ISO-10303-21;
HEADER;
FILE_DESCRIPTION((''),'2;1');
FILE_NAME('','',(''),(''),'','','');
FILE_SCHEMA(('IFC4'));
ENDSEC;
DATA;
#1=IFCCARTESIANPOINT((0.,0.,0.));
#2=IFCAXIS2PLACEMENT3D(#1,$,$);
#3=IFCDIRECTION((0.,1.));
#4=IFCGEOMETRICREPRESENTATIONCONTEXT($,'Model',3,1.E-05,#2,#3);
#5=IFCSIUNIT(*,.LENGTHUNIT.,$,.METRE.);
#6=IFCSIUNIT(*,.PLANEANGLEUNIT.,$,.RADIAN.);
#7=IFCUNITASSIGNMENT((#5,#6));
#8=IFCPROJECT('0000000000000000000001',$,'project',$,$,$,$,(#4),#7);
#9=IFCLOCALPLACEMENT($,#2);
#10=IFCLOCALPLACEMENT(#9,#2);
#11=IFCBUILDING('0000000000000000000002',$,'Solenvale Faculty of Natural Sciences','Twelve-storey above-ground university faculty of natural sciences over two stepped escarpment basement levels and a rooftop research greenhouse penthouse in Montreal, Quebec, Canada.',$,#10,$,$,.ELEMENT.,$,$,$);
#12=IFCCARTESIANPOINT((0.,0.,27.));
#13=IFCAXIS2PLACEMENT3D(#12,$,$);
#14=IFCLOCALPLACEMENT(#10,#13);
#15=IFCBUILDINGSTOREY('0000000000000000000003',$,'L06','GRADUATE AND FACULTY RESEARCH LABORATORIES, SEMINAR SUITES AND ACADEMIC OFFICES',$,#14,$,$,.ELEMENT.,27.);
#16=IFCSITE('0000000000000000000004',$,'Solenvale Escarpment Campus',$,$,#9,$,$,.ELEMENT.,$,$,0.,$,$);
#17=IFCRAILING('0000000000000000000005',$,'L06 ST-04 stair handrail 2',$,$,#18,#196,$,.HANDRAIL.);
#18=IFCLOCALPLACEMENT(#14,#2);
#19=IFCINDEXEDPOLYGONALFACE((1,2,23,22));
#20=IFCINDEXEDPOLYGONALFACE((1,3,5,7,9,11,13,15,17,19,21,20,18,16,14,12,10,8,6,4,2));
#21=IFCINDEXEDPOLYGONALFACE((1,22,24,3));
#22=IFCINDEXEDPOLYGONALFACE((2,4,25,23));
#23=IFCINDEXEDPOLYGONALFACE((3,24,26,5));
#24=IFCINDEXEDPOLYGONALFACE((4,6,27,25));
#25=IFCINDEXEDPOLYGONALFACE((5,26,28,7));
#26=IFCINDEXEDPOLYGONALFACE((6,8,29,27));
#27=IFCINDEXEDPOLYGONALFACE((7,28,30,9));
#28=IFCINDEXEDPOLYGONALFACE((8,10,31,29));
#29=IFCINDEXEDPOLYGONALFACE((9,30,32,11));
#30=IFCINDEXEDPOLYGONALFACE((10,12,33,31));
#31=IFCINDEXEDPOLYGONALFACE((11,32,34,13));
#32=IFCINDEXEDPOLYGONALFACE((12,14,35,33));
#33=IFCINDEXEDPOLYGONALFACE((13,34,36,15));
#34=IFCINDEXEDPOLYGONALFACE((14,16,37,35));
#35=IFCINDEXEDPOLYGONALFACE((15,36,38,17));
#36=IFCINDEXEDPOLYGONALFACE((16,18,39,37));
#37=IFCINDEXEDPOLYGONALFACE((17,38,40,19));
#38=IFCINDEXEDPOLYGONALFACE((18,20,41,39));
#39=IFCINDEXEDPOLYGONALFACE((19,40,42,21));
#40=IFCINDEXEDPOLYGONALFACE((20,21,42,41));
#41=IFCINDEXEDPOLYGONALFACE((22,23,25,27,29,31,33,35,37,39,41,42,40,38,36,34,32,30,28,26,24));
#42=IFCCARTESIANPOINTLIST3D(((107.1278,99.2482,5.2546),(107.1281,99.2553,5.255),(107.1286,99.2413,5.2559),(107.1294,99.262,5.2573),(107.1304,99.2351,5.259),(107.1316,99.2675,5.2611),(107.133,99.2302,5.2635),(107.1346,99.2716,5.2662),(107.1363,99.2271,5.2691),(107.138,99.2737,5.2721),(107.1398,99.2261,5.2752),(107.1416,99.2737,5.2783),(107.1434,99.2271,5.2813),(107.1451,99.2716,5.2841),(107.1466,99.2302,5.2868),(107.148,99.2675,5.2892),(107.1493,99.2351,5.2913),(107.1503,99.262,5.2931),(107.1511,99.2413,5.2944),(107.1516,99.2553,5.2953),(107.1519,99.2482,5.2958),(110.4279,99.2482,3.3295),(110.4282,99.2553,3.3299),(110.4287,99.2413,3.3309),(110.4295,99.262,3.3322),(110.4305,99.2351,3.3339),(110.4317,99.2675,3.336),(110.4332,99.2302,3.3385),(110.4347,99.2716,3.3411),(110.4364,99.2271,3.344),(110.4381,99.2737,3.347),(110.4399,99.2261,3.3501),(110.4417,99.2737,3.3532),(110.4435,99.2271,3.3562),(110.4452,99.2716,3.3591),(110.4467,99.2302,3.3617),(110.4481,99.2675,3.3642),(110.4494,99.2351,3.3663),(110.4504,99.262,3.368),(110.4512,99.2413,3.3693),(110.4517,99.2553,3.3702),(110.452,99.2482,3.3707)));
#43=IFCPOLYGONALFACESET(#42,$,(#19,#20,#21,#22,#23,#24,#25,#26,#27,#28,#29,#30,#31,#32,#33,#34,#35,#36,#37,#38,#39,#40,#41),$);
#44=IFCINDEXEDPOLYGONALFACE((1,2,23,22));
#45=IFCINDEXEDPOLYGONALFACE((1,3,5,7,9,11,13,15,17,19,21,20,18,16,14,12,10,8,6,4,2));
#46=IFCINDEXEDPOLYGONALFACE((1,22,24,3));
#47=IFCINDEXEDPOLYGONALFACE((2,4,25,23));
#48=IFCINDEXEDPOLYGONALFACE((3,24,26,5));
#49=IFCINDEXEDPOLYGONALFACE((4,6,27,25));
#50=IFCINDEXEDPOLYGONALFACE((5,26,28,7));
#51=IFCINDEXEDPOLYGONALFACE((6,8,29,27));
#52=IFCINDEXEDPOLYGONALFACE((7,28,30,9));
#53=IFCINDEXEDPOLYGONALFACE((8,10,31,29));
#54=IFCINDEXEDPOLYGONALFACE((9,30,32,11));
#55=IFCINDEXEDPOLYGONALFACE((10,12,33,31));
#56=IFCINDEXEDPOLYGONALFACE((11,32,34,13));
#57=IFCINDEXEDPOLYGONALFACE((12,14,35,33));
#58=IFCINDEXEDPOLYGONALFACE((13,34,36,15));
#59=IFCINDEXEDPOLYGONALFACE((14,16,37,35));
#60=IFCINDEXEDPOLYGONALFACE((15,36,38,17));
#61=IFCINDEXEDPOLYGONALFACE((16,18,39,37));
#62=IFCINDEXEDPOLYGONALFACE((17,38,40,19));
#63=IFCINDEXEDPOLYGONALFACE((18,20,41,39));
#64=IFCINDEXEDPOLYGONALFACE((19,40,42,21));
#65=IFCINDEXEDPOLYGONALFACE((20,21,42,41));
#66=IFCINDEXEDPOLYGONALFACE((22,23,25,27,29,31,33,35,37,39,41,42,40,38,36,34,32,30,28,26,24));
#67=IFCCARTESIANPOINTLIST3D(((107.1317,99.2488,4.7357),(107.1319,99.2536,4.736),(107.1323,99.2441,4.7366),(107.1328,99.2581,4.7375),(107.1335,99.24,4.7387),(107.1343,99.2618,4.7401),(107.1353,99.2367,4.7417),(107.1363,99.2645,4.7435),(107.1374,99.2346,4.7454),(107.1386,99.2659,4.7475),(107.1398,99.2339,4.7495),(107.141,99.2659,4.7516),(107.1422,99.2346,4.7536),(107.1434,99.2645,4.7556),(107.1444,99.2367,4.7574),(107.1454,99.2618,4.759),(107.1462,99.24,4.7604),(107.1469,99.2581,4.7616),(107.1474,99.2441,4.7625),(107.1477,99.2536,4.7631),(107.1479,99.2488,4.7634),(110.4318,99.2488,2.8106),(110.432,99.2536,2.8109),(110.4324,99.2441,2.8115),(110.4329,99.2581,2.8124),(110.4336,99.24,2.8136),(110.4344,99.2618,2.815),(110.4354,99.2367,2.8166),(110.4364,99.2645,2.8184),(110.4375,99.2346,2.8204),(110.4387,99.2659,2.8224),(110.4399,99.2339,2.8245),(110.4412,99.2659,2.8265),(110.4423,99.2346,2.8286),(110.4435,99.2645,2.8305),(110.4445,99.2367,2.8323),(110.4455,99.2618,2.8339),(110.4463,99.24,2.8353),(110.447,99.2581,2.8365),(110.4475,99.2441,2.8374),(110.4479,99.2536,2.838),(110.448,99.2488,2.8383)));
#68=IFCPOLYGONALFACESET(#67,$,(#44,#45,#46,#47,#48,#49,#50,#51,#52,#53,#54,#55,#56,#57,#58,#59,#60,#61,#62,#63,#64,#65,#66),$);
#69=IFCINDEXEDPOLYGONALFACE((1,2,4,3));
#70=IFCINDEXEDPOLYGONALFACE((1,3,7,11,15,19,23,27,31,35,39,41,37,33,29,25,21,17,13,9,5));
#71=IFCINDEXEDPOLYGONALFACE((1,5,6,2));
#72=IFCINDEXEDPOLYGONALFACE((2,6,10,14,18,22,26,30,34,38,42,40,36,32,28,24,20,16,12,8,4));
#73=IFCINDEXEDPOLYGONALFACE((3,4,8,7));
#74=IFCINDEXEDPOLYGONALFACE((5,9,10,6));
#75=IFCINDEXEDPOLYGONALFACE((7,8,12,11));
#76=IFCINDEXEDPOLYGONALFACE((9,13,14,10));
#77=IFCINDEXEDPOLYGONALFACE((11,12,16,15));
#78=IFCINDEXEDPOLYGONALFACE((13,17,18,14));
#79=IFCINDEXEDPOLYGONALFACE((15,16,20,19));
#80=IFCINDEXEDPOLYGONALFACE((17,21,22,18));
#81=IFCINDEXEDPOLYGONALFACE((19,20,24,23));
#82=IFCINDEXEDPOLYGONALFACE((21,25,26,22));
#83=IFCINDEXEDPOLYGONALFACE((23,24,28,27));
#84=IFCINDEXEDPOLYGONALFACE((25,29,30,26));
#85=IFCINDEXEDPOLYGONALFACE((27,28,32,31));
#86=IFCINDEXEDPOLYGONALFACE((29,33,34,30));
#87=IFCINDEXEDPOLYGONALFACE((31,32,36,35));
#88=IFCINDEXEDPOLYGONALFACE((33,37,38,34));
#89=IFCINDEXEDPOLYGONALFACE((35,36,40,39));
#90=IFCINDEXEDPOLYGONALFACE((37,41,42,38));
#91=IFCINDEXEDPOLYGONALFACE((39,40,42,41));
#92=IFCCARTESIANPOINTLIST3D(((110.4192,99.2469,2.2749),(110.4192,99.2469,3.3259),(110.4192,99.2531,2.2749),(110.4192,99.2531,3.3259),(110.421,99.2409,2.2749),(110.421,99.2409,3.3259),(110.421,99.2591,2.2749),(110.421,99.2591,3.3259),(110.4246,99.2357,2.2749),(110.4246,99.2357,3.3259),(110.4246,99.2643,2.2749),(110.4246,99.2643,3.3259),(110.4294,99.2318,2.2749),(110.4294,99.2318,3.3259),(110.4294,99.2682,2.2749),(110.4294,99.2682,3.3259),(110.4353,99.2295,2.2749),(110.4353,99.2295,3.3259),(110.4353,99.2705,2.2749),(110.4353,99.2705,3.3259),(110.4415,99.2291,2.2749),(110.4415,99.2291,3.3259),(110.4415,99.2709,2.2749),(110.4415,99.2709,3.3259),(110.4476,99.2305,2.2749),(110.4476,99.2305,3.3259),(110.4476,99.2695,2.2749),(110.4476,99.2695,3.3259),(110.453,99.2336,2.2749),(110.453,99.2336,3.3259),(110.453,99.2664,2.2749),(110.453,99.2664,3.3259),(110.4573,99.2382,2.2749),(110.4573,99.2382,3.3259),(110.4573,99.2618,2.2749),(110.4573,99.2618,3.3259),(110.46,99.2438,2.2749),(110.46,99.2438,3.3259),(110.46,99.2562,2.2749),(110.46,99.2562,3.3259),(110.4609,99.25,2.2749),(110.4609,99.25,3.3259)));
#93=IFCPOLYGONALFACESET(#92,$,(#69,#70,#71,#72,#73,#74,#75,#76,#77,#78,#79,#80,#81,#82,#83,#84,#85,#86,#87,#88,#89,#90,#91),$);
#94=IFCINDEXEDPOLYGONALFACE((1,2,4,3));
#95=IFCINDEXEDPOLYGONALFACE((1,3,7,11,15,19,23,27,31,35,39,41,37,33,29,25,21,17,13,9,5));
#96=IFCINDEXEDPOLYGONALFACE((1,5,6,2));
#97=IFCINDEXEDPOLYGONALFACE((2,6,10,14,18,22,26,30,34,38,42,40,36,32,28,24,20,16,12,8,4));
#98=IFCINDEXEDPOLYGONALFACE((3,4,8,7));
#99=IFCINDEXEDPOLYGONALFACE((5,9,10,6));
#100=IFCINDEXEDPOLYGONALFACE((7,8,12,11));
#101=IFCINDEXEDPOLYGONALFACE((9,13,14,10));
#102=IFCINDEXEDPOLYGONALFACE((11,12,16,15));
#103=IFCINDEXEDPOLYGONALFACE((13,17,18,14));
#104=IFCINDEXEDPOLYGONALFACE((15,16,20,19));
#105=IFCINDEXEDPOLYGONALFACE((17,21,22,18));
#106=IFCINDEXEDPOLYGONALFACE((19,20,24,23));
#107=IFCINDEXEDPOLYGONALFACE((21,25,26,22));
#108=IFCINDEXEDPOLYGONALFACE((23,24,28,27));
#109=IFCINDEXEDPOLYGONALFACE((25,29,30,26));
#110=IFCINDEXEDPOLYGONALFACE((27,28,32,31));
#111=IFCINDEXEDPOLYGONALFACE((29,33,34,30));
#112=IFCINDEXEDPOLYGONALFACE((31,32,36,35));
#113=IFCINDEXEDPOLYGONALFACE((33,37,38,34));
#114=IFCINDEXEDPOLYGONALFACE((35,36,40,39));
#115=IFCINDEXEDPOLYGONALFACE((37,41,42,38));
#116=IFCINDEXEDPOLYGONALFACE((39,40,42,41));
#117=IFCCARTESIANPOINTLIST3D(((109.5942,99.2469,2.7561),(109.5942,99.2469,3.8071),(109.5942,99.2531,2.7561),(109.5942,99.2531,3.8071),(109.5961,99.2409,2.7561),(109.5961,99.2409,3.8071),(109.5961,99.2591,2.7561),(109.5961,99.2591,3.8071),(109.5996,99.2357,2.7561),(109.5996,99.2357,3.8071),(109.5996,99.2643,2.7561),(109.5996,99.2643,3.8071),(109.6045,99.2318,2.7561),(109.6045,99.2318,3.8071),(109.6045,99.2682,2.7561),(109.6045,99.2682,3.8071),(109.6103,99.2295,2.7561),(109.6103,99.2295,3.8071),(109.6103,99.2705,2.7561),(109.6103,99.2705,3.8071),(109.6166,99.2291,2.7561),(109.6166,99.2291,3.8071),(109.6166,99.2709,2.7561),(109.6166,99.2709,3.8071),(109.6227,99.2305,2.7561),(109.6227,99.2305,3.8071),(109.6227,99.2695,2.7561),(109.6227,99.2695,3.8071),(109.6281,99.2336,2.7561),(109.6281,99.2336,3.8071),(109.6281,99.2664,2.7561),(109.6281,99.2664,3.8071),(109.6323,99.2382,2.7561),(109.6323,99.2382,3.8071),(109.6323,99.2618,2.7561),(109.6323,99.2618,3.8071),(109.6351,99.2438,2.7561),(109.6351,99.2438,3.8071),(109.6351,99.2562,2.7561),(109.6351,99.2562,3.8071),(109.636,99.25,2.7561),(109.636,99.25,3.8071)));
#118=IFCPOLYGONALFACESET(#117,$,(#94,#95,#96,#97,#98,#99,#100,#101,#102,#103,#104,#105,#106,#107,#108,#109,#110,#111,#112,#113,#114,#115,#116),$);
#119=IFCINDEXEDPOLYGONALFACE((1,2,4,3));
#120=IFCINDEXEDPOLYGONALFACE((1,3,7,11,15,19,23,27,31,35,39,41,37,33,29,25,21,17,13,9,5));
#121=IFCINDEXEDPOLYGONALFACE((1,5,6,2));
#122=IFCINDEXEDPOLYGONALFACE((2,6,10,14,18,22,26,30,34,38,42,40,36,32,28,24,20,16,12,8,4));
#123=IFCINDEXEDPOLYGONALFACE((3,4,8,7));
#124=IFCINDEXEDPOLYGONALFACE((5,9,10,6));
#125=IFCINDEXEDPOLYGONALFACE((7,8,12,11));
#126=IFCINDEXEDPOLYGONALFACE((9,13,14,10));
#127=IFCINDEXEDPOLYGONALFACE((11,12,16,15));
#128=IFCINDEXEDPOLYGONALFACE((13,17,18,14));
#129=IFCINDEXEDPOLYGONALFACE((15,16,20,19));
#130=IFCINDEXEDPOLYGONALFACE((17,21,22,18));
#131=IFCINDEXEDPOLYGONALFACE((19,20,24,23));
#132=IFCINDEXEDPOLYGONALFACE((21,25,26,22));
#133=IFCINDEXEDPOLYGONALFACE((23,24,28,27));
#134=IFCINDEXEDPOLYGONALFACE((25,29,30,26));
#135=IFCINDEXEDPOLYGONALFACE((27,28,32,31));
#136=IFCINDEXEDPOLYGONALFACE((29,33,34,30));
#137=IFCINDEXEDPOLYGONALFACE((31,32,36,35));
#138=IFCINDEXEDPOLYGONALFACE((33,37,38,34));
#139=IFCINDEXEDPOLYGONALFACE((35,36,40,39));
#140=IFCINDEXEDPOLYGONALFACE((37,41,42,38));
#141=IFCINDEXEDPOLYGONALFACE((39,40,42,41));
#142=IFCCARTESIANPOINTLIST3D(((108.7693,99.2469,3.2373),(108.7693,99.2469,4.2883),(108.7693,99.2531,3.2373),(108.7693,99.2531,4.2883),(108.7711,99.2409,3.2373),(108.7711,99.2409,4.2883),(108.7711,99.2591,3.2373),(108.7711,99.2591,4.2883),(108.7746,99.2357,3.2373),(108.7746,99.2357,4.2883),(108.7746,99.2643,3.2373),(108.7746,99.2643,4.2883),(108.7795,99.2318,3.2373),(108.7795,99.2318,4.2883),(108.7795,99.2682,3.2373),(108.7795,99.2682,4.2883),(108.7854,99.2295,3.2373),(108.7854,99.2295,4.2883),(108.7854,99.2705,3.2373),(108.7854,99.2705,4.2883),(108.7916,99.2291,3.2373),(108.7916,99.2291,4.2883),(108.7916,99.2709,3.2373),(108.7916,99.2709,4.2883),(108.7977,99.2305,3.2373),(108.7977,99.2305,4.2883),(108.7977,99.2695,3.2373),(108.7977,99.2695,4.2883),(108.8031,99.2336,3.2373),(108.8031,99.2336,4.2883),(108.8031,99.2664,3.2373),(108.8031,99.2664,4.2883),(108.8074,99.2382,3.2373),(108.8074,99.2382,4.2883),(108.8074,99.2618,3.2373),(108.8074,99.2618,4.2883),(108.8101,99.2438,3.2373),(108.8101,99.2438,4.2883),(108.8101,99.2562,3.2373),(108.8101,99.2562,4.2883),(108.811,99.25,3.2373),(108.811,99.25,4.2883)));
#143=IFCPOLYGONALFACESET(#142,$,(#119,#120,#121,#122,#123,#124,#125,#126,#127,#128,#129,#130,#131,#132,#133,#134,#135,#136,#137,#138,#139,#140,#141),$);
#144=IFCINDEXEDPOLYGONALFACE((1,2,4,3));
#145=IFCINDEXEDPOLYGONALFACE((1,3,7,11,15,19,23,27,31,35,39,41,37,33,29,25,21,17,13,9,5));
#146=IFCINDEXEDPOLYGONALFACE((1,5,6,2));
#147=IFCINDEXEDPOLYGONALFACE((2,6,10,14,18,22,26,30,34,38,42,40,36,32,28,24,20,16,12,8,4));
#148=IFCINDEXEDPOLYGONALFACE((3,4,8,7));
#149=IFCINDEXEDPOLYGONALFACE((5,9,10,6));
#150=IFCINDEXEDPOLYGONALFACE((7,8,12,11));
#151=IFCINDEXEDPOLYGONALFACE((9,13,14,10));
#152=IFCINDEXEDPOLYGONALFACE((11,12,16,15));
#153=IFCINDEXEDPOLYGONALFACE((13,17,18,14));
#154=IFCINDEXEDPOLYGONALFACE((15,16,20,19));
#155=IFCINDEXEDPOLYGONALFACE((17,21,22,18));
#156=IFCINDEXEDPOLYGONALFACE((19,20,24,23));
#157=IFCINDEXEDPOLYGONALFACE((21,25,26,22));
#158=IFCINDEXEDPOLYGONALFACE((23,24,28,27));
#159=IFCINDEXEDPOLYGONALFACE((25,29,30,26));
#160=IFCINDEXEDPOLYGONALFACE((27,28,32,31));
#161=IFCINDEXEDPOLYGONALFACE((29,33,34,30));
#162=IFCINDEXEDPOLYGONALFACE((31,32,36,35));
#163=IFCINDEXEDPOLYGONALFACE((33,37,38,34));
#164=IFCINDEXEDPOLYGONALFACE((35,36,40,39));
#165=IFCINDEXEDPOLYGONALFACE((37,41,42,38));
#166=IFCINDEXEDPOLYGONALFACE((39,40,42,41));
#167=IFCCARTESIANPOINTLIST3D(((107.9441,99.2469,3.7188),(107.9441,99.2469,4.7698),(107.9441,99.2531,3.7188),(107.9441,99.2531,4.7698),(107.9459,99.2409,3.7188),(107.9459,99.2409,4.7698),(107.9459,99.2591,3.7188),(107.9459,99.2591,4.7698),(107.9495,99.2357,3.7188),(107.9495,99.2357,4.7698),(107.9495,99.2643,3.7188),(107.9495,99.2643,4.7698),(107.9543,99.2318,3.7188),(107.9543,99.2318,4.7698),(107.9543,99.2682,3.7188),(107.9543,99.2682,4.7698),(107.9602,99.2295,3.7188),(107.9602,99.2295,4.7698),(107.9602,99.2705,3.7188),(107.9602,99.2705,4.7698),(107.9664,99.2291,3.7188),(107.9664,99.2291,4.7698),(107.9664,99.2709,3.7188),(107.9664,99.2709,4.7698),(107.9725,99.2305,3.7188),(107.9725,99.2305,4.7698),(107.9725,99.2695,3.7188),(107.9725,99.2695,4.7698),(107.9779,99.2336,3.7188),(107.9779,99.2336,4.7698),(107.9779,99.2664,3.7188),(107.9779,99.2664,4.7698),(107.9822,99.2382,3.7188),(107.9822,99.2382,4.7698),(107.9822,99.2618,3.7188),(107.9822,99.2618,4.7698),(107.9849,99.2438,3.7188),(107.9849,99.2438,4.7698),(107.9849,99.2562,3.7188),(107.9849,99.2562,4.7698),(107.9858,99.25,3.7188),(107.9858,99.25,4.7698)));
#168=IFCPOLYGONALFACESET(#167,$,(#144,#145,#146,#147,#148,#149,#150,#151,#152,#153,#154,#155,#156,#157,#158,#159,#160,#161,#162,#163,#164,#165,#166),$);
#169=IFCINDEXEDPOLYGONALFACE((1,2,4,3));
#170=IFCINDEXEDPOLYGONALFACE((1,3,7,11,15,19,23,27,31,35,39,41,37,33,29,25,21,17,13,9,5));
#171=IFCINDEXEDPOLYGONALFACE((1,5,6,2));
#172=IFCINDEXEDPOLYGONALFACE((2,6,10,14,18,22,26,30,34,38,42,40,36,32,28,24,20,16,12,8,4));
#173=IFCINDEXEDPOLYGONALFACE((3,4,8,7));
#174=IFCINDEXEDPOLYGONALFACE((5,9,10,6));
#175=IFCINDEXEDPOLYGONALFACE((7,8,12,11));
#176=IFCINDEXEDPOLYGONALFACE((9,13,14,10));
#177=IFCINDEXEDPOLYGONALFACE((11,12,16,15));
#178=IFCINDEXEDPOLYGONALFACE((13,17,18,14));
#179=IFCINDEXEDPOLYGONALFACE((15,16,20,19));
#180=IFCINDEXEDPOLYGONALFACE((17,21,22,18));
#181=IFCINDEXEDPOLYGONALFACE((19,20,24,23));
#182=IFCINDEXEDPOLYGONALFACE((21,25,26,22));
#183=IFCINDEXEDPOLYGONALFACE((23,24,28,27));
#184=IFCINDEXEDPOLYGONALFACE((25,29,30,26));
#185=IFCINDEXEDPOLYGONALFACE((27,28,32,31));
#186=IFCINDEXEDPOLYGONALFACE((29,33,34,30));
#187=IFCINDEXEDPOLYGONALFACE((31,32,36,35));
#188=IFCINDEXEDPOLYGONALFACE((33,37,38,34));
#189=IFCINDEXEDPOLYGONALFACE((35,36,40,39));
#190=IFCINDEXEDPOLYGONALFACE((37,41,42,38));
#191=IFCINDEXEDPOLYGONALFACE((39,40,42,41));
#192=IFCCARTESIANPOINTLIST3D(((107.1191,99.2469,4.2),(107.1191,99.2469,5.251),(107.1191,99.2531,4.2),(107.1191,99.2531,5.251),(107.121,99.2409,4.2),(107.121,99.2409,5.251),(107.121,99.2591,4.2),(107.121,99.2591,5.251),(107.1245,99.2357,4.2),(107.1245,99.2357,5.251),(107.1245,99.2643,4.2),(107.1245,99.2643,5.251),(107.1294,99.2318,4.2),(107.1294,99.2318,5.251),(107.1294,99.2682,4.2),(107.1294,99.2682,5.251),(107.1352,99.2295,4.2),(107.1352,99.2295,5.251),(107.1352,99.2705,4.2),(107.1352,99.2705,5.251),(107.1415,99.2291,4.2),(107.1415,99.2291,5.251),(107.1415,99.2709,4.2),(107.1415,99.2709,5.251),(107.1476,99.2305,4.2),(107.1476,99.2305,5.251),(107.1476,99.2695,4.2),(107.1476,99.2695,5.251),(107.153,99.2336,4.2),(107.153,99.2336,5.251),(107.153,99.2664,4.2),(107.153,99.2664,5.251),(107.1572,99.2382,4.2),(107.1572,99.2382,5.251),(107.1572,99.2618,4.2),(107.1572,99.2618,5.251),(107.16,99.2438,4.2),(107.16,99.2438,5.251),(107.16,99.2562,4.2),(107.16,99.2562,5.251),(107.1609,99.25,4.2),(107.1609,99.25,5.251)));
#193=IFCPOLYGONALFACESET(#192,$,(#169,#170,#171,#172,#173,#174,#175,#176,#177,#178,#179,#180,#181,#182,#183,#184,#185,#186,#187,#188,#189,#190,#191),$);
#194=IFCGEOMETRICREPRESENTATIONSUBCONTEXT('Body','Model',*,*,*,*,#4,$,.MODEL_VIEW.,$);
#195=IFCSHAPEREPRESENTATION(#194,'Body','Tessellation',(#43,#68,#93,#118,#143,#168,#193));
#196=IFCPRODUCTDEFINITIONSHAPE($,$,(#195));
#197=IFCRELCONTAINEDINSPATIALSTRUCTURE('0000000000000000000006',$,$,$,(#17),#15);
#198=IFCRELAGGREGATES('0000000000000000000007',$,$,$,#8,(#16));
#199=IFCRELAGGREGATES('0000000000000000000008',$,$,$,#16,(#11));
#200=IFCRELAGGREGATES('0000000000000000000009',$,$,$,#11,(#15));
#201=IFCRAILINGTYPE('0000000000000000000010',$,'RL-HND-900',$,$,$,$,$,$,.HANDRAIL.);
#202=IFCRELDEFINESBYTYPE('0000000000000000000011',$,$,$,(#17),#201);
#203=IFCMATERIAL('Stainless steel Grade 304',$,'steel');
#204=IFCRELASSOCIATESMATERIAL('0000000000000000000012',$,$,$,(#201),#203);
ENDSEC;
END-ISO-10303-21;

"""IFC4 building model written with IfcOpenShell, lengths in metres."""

from ifc_helpers import new_model, si_unit, direction, frame, origin, origin_2d, place, context, subcontext, project, spatial, circle, extrude, material, type_object, element, save


model = new_model("IFC4")

# Units and contexts
model_context = context("Model", 3, precision=1e-05, world=origin(), true_north=direction((0.0, 1.0)))
body_context = subcontext(model_context, "Body", "Model", "MODEL_VIEW")
ifc_project = project(units=[si_unit("LENGTHUNIT", "METRE"), si_unit("PLANEANGLEUNIT", "RADIAN")], contexts=[model_context])

# Site, building, storey
site_placement = place(None, origin())
site = spatial("IfcSite", under=ifc_project, at=site_placement, Name="Solenvale Escarpment Campus", CompositionType="ELEMENT", RefElevation=0.0)
building_placement = place(site_placement, origin())
building = spatial("IfcBuilding", under=site, at=building_placement, Name="Solenvale Faculty of Natural Sciences", Description="Twelve-storey above-ground university faculty of natural sciences over two stepped escarpment basement levels and a rooftop research greenhouse penthouse in Montreal, Quebec, Canada.", CompositionType="ELEMENT")
storey_placement = place(building_placement, frame((0.0, 0.0, 27.0)))
storey = spatial("IfcBuildingStorey", under=building, at=storey_placement, Name="L06", Description="GRADUATE AND FACULTY RESEARCH LABORATORIES, SEMINAR SUITES AND ACADEMIC OFFICES", CompositionType="ELEMENT", Elevation=27.0)

# Railing
ifc_material_1 = material(Name="Stainless steel Grade 304", Category="steel")
railing_type_1 = type_object("IfcRailingType", Name="RL-HND-900", PredefinedType="HANDRAIL", material=ifc_material_1)
railing_1_placement = place(storey_placement, frame((110.4399, 99.25, 2.2749)))
element("IfcRailing", 1, at=railing_1_placement, inside=storey, type_object=railing_type_1, Name="L06 ST-04 stair handrail 2", PredefinedType="HANDRAIL", context=body_context, shape_type="SweptSolid", body=[
    extrude(circle(Radius=0.0239, at=origin_2d()), frame((0.0, 0.0, 1.0752), z_axis=(-0.863777, 0.0, 0.503875), x_axis=(0.0, -1.0, 0.0)), (0.0, 0.0, 1.0), 3.8206),
    extrude(circle(Radius=0.0161, at=origin_2d()), frame((0.0, 0.0, 0.5496), z_axis=(-0.863777, 0.0, 0.503875), x_axis=(0.0, -1.0, 0.0)), (0.0, 0.0, 1.0), 3.8206),
    extrude(circle(Radius=0.021, at=origin_2d()), origin(), (0.0, 0.0, 1.0), 1.051),
    extrude(circle(Radius=0.021, at=origin_2d()), frame((-0.825, 0.0, 0.4812)), (0.0, 0.0, 1.0), 1.051),
    extrude(circle(Radius=0.021, at=origin_2d()), frame((-1.6499, 0.0, 0.9624)), (0.0, 0.0, 1.0), 1.051),
    extrude(circle(Radius=0.021, at=origin_2d()), frame((-2.4751, 0.0, 1.4438)), (0.0, 0.0, 1.0), 1.051),
    extrude(circle(Radius=0.021, at=origin_2d()), frame((-3.3, 0.0, 1.925)), (0.0, 0.0, 1.0), 1.051),
])

save(model, "model.ifc")
